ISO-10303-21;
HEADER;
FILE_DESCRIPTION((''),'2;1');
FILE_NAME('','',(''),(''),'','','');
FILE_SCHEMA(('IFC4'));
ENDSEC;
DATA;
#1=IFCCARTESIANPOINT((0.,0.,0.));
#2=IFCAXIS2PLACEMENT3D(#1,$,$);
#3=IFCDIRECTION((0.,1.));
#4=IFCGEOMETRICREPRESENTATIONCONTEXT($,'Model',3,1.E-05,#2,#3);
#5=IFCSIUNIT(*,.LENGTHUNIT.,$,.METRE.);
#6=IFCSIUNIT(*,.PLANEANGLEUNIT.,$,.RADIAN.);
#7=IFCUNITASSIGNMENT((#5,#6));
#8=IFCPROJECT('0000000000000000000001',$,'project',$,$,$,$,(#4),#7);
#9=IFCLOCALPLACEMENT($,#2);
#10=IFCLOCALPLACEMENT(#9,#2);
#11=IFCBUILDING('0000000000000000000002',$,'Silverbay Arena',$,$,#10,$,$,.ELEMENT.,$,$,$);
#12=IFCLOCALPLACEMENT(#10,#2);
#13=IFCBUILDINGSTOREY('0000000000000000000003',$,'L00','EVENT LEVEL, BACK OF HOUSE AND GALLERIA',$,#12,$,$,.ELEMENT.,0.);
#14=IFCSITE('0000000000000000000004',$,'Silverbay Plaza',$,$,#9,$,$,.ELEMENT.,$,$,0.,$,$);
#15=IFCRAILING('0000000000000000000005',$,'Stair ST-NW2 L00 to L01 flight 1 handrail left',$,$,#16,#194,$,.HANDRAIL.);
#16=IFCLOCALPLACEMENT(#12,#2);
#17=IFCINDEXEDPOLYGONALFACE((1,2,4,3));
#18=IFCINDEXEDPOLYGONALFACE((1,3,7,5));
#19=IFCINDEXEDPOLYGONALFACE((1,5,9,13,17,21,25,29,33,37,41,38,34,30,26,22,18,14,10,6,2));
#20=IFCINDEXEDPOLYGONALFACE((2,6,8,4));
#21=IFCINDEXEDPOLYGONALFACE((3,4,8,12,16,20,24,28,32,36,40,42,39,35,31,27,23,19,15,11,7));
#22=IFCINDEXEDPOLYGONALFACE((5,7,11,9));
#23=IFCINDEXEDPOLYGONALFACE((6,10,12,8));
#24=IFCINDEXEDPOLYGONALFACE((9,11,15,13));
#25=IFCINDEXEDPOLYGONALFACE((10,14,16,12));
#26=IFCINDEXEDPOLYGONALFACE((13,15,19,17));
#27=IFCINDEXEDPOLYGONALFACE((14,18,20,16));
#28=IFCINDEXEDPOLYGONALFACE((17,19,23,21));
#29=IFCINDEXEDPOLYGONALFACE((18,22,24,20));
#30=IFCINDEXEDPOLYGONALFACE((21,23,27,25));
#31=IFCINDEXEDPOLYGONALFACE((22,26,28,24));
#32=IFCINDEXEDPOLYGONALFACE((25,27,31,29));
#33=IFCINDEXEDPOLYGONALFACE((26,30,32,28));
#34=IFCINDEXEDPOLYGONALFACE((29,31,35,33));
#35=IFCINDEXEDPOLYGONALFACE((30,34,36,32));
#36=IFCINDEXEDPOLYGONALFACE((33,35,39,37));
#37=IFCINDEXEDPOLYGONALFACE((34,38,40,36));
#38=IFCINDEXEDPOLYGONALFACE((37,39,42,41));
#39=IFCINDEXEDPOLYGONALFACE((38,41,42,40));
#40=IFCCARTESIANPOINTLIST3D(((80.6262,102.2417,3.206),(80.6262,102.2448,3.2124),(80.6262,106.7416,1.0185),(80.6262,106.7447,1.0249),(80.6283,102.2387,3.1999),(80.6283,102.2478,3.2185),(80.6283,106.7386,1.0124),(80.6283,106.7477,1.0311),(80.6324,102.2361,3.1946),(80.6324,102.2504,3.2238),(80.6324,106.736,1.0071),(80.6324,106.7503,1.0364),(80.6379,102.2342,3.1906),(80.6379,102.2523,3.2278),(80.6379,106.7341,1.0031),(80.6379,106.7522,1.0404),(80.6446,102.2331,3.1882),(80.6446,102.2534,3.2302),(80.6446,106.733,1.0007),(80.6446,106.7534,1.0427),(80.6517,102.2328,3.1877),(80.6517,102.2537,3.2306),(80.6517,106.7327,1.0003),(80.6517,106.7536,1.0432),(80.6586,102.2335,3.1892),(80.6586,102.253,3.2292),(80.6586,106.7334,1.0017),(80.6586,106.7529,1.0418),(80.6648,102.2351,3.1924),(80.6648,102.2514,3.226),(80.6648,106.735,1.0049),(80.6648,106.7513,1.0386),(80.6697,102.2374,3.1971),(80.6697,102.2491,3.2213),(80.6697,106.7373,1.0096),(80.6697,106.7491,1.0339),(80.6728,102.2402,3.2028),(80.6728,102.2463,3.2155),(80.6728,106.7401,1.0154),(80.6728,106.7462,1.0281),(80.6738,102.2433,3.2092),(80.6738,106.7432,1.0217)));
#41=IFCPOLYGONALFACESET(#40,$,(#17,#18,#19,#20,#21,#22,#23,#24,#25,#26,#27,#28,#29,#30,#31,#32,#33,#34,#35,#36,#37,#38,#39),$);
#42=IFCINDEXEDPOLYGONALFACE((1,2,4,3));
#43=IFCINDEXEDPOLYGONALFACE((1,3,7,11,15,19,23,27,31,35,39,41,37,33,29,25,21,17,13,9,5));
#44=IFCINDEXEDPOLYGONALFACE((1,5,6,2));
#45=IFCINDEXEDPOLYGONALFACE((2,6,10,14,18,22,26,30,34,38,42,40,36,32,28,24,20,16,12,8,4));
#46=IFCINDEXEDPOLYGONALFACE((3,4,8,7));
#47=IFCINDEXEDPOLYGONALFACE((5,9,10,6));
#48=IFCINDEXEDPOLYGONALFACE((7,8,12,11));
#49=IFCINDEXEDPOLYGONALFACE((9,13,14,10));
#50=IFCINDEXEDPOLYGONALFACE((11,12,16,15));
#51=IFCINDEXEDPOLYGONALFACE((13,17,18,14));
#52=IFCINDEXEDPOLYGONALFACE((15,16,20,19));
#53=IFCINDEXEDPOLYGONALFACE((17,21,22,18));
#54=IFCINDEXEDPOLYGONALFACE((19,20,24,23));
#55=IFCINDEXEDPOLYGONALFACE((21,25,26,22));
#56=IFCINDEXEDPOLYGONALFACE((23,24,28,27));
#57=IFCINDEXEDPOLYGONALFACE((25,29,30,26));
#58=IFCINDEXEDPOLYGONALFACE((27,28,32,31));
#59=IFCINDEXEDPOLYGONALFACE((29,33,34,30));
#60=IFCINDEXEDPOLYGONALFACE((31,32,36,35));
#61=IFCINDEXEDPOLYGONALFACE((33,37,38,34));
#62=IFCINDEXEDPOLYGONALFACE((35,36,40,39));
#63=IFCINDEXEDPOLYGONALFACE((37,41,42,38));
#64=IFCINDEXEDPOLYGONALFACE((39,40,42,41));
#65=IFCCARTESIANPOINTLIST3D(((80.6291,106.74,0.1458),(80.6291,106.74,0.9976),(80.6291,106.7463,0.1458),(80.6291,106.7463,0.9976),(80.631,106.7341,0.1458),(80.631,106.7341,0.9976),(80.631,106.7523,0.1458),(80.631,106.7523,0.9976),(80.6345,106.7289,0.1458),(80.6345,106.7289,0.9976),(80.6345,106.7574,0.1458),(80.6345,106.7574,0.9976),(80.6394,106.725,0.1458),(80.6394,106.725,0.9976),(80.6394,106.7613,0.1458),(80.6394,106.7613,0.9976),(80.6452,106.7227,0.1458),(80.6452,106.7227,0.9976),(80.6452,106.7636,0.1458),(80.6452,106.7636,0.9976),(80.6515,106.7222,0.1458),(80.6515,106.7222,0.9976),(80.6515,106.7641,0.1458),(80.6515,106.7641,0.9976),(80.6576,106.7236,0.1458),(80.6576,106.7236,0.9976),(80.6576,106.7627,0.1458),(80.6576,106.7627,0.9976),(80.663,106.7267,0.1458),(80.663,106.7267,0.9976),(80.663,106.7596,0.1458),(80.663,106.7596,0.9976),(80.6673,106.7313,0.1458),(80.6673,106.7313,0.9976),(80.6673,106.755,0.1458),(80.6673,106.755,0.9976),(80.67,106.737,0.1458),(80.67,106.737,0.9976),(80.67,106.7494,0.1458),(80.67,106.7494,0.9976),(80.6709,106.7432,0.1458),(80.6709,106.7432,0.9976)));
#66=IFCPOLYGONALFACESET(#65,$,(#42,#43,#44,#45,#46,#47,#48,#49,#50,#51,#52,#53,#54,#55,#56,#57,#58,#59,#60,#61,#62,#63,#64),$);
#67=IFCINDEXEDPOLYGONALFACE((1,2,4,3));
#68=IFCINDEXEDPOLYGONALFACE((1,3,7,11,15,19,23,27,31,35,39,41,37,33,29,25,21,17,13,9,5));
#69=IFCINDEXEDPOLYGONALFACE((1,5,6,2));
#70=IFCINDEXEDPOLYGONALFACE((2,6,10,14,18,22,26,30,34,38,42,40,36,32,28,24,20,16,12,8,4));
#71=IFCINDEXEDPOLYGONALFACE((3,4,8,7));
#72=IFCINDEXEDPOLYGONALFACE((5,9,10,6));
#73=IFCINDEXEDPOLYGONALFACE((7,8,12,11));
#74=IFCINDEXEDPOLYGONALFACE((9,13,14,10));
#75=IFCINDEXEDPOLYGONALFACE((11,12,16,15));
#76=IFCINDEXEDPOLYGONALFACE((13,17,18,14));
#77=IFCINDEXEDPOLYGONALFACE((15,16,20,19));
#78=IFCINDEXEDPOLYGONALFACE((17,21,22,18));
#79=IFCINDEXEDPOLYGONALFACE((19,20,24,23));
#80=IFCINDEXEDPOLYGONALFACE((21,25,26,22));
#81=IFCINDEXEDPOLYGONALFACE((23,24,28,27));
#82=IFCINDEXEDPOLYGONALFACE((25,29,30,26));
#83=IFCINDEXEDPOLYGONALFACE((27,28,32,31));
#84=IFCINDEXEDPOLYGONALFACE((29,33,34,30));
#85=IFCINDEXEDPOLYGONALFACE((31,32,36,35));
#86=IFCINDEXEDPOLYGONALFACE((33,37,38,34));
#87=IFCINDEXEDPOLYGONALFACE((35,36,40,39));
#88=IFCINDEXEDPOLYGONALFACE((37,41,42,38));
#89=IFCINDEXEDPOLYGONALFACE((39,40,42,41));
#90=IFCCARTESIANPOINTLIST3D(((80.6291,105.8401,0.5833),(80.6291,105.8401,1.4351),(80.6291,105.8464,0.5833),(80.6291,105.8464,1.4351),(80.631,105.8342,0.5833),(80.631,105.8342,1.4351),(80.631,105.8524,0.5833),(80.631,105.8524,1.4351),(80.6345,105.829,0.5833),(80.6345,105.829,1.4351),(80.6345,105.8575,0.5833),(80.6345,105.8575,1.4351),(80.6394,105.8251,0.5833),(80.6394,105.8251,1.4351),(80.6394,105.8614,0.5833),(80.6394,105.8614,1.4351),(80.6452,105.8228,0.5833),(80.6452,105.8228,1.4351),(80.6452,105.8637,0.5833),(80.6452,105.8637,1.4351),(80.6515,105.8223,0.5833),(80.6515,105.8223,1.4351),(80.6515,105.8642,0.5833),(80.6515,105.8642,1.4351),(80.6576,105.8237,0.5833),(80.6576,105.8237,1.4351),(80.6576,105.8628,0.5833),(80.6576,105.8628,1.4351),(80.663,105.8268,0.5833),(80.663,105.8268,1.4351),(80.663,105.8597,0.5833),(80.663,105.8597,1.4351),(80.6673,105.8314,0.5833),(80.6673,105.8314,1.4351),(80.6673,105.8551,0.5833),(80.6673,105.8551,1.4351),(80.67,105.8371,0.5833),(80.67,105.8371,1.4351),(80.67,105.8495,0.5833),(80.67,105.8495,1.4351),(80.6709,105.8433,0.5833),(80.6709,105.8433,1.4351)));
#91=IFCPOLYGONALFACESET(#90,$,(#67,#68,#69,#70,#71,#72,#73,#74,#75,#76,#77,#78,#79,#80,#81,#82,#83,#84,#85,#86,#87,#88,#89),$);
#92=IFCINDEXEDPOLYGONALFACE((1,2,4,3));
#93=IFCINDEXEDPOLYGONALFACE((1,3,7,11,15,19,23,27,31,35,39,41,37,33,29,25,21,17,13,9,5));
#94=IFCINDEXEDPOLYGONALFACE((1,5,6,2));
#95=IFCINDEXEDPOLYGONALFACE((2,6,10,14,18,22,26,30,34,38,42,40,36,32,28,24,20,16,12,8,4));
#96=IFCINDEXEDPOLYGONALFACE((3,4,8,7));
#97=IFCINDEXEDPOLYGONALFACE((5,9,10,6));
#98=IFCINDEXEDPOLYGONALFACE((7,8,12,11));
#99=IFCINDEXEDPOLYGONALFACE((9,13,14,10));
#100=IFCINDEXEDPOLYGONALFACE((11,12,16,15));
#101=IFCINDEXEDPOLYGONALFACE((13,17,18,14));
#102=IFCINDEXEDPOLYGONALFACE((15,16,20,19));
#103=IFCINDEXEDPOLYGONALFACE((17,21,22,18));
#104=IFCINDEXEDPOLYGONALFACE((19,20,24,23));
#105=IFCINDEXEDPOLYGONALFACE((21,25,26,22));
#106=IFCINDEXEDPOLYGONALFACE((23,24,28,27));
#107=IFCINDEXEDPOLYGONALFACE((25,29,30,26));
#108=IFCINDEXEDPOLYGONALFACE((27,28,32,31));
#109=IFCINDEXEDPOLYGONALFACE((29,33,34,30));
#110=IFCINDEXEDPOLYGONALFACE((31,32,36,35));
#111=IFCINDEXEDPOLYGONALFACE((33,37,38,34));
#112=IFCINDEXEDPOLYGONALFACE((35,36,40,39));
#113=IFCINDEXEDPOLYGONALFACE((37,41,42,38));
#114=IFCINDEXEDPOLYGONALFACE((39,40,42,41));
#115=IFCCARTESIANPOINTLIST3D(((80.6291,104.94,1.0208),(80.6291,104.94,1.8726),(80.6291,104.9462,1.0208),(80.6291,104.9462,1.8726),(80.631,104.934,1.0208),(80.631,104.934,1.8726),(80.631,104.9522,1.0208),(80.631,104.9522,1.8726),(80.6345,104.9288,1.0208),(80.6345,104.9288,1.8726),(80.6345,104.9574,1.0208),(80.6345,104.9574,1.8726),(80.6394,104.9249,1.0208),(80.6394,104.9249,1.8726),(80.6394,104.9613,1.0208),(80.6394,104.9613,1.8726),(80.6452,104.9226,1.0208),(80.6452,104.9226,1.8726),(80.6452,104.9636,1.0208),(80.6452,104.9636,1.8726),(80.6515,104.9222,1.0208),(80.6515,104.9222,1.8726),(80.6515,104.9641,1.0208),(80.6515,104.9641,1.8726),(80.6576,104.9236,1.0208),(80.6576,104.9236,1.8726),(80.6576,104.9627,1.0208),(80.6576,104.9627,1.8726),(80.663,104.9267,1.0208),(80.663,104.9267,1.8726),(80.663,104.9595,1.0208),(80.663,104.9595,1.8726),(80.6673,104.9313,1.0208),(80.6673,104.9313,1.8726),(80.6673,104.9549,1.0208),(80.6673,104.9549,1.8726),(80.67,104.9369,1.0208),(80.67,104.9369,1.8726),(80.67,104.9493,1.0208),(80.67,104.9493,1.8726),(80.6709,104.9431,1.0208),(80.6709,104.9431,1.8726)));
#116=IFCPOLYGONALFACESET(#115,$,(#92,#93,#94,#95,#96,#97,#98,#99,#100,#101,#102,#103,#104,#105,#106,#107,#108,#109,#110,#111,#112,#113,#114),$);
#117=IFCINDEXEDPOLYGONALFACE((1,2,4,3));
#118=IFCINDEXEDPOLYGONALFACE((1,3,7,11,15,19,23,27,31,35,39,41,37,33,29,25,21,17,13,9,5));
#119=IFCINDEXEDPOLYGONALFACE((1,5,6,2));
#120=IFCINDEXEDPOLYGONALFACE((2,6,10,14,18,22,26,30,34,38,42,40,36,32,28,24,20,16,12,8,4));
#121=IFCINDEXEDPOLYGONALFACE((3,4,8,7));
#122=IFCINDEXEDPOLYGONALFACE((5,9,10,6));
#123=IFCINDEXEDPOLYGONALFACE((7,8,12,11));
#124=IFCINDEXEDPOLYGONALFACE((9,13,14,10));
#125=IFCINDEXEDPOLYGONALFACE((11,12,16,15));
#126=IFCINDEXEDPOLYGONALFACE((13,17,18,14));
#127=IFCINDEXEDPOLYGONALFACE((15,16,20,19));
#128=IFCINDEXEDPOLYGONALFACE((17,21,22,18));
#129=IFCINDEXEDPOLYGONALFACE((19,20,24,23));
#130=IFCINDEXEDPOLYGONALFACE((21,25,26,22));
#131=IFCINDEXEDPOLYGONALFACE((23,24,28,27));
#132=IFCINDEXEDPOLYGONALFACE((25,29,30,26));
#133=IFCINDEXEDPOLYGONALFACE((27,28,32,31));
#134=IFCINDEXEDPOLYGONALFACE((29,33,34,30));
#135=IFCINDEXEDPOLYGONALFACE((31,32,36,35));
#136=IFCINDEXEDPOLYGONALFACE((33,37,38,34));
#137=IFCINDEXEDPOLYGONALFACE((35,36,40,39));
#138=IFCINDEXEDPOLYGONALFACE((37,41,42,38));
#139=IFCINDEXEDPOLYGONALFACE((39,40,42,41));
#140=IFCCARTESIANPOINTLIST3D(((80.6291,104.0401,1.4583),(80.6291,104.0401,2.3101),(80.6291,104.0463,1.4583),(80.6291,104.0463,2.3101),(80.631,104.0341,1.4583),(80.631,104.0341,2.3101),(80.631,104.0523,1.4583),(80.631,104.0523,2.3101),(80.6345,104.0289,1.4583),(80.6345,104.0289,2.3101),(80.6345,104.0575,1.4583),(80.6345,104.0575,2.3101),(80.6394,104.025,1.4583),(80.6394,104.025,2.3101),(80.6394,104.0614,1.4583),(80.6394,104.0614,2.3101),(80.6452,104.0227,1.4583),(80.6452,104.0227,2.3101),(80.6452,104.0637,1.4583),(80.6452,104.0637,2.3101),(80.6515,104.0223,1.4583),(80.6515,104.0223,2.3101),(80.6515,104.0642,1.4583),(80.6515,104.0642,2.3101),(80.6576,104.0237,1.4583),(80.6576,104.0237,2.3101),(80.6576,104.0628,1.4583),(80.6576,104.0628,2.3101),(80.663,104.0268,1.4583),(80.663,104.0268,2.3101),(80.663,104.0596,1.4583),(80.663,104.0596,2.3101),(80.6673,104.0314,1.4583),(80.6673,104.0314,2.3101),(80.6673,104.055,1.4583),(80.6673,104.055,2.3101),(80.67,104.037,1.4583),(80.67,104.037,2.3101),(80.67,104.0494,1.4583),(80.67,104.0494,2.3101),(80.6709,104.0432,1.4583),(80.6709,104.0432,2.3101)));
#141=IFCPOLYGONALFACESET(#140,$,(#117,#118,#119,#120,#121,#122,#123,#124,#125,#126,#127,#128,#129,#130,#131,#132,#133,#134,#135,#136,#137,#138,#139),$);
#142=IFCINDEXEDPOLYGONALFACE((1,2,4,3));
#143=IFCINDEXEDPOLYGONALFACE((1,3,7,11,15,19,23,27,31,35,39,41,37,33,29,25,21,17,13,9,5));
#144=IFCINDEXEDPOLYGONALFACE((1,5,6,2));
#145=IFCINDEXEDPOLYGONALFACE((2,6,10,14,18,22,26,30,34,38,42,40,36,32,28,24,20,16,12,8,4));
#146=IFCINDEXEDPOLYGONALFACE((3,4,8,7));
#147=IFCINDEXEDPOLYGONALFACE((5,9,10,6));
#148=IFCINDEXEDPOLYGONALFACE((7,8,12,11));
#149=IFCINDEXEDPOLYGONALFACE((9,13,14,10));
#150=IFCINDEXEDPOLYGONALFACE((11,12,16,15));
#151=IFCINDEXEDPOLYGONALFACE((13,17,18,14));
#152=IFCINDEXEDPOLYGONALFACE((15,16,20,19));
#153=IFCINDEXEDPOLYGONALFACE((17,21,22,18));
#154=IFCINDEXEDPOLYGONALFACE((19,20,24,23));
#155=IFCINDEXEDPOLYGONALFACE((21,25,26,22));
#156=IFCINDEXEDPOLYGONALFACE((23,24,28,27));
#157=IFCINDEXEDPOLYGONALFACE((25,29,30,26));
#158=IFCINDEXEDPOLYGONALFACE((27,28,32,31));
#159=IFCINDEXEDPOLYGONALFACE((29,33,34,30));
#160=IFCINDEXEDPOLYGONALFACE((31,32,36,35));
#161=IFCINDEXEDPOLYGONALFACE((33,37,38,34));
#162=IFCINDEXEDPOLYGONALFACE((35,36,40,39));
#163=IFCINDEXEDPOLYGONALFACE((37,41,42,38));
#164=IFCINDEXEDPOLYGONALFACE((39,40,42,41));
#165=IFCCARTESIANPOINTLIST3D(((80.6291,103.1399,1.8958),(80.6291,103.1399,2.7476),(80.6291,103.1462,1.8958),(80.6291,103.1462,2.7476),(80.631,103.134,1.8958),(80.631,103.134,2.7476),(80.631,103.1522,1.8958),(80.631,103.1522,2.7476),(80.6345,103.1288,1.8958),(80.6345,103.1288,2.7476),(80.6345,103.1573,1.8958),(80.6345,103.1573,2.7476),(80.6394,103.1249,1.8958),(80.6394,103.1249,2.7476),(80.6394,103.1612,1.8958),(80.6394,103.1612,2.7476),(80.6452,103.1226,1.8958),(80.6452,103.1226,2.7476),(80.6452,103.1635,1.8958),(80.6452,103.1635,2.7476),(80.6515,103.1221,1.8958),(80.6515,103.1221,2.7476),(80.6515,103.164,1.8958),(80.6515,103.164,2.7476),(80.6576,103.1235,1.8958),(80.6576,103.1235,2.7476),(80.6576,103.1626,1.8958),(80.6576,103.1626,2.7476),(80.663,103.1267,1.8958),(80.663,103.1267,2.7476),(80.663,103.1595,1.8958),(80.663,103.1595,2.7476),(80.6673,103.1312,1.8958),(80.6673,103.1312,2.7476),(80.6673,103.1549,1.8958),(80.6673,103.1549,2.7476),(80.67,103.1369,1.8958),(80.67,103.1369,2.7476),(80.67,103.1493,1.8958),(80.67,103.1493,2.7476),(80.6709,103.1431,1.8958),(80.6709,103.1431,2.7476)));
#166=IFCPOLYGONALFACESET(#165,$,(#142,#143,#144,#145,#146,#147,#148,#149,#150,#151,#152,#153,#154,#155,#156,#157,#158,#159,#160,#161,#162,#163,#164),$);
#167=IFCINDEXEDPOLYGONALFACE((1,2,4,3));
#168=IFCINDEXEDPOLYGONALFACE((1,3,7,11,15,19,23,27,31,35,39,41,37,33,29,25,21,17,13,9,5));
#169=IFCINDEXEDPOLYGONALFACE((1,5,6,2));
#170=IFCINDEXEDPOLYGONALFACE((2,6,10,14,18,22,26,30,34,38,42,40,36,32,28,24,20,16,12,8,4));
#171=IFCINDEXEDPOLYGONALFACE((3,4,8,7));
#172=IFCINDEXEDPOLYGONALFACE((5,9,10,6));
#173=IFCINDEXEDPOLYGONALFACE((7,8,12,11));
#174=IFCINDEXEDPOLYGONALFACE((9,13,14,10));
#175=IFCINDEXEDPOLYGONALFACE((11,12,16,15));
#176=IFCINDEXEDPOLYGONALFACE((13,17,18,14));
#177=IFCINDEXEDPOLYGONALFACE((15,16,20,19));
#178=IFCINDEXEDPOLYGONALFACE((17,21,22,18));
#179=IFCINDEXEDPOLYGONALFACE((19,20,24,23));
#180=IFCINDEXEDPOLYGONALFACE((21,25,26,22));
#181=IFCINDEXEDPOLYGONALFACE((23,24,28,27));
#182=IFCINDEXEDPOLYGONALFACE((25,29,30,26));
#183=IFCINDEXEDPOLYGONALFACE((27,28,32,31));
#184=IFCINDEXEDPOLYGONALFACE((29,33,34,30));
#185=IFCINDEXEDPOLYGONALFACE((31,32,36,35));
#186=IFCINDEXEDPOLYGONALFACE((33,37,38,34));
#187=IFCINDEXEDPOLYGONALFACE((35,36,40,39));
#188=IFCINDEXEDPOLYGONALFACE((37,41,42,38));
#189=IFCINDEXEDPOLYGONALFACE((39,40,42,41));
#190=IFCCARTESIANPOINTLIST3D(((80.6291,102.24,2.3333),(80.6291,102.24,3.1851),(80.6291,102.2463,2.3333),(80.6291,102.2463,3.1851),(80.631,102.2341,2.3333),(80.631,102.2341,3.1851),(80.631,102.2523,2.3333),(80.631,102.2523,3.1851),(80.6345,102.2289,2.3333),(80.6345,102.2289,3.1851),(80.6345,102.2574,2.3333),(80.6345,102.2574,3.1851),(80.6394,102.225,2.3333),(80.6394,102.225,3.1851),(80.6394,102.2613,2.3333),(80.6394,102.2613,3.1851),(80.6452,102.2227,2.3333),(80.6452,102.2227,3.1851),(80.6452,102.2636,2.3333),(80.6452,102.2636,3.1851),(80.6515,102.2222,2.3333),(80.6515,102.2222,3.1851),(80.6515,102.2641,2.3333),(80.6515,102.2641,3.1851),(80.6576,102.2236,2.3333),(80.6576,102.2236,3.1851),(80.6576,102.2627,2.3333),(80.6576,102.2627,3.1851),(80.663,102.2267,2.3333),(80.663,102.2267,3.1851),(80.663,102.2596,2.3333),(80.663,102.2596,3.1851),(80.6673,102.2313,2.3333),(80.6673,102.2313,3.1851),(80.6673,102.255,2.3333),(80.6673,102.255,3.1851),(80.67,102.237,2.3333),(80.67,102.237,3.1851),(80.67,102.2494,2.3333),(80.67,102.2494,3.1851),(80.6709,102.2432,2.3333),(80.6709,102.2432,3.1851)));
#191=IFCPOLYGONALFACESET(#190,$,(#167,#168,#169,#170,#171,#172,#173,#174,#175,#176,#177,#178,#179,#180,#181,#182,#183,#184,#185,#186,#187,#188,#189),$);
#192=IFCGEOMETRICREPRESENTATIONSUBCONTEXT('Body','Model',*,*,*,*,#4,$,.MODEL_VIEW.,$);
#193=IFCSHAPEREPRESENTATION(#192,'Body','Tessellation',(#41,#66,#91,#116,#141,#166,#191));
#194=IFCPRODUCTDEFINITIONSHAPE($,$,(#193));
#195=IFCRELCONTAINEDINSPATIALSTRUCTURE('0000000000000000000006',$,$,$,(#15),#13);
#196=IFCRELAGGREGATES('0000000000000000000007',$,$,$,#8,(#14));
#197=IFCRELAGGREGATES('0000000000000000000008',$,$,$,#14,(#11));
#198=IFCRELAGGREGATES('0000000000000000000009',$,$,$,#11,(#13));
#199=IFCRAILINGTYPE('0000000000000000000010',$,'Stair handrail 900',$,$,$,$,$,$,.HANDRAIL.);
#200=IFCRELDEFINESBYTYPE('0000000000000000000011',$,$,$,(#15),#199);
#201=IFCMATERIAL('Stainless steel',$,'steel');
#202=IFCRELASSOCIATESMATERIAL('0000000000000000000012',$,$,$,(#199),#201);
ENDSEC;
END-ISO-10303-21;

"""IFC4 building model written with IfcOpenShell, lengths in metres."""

from ifc_helpers import new_model, si_unit, direction, frame, origin, origin_2d, place, context, subcontext, project, spatial, circle, extrude, material, type_object, element, save


model = new_model("IFC4")

# Units and contexts
model_context = context("Model", 3, precision=1e-05, world=origin(), true_north=direction((0.0, 1.0)))
body_context = subcontext(model_context, "Body", "Model", "MODEL_VIEW")
ifc_project = project(units=[si_unit("LENGTHUNIT", "METRE"), si_unit("PLANEANGLEUNIT", "RADIAN")], contexts=[model_context])

# Site, building, storey
site_placement = place(None, origin())
site = spatial("IfcSite", under=ifc_project, at=site_placement, Name="Silverbay Plaza", CompositionType="ELEMENT", RefElevation=0.0)
building_placement = place(site_placement, origin())
building = spatial("IfcBuilding", under=site, at=building_placement, Name="Silverbay Arena", CompositionType="ELEMENT")
storey_placement = place(building_placement, origin())
storey = spatial("IfcBuildingStorey", under=building, at=storey_placement, Name="L00", Description="EVENT LEVEL, BACK OF HOUSE AND GALLERIA", CompositionType="ELEMENT", Elevation=0.0)

# Railing
ifc_material_1 = material(Name="Stainless steel", Category="steel")
railing_type_1 = type_object("IfcRailingType", Name="Stair handrail 900", PredefinedType="HANDRAIL", material=ifc_material_1)
for number, where, name in (
    (1, (80.6499, 106.7432, 0.1458), "Stair ST-NW2 L00 to L01 flight 1 handrail left"),
):
    element("IfcRailing", number, at=place(storey_placement, frame(where)), inside=storey, type_object=railing_type_1, Name=name, PredefinedType="HANDRAIL", context=body_context, shape_type="SweptSolid", body=[
        extrude(circle(Radius=0.0239, at=origin_2d()), frame((0.0, 0.0, 0.876), z_axis=(0.0, -0.899368, 0.437193), x_axis=(1.0, 0.0, 0.0)), (0.0, 0.0, 1.0), 5.0034),
        extrude(circle(Radius=0.021, at=origin_2d()), origin(), (0.0, 0.0, 1.0), 0.8518),
        extrude(circle(Radius=0.021, at=origin_2d()), frame((0.0, -0.8999, 0.4375)), (0.0, 0.0, 1.0), 0.8518),
        extrude(circle(Radius=0.021, at=origin_2d()), frame((0.0, -1.8, 0.875)), (0.0, 0.0, 1.0), 0.8518),
        extrude(circle(Radius=0.021, at=origin_2d()), frame((0.0, -2.7, 1.3125)), (0.0, 0.0, 1.0), 0.8518),
        extrude(circle(Radius=0.021, at=origin_2d()), frame((0.0, -3.6001, 1.75)), (0.0, 0.0, 1.0), 0.8518),
        extrude(circle(Radius=0.021, at=origin_2d()), frame((0.0, -4.5, 2.1875)), (0.0, 0.0, 1.0), 0.8518),
    ])

save(model, "model.ifc")
